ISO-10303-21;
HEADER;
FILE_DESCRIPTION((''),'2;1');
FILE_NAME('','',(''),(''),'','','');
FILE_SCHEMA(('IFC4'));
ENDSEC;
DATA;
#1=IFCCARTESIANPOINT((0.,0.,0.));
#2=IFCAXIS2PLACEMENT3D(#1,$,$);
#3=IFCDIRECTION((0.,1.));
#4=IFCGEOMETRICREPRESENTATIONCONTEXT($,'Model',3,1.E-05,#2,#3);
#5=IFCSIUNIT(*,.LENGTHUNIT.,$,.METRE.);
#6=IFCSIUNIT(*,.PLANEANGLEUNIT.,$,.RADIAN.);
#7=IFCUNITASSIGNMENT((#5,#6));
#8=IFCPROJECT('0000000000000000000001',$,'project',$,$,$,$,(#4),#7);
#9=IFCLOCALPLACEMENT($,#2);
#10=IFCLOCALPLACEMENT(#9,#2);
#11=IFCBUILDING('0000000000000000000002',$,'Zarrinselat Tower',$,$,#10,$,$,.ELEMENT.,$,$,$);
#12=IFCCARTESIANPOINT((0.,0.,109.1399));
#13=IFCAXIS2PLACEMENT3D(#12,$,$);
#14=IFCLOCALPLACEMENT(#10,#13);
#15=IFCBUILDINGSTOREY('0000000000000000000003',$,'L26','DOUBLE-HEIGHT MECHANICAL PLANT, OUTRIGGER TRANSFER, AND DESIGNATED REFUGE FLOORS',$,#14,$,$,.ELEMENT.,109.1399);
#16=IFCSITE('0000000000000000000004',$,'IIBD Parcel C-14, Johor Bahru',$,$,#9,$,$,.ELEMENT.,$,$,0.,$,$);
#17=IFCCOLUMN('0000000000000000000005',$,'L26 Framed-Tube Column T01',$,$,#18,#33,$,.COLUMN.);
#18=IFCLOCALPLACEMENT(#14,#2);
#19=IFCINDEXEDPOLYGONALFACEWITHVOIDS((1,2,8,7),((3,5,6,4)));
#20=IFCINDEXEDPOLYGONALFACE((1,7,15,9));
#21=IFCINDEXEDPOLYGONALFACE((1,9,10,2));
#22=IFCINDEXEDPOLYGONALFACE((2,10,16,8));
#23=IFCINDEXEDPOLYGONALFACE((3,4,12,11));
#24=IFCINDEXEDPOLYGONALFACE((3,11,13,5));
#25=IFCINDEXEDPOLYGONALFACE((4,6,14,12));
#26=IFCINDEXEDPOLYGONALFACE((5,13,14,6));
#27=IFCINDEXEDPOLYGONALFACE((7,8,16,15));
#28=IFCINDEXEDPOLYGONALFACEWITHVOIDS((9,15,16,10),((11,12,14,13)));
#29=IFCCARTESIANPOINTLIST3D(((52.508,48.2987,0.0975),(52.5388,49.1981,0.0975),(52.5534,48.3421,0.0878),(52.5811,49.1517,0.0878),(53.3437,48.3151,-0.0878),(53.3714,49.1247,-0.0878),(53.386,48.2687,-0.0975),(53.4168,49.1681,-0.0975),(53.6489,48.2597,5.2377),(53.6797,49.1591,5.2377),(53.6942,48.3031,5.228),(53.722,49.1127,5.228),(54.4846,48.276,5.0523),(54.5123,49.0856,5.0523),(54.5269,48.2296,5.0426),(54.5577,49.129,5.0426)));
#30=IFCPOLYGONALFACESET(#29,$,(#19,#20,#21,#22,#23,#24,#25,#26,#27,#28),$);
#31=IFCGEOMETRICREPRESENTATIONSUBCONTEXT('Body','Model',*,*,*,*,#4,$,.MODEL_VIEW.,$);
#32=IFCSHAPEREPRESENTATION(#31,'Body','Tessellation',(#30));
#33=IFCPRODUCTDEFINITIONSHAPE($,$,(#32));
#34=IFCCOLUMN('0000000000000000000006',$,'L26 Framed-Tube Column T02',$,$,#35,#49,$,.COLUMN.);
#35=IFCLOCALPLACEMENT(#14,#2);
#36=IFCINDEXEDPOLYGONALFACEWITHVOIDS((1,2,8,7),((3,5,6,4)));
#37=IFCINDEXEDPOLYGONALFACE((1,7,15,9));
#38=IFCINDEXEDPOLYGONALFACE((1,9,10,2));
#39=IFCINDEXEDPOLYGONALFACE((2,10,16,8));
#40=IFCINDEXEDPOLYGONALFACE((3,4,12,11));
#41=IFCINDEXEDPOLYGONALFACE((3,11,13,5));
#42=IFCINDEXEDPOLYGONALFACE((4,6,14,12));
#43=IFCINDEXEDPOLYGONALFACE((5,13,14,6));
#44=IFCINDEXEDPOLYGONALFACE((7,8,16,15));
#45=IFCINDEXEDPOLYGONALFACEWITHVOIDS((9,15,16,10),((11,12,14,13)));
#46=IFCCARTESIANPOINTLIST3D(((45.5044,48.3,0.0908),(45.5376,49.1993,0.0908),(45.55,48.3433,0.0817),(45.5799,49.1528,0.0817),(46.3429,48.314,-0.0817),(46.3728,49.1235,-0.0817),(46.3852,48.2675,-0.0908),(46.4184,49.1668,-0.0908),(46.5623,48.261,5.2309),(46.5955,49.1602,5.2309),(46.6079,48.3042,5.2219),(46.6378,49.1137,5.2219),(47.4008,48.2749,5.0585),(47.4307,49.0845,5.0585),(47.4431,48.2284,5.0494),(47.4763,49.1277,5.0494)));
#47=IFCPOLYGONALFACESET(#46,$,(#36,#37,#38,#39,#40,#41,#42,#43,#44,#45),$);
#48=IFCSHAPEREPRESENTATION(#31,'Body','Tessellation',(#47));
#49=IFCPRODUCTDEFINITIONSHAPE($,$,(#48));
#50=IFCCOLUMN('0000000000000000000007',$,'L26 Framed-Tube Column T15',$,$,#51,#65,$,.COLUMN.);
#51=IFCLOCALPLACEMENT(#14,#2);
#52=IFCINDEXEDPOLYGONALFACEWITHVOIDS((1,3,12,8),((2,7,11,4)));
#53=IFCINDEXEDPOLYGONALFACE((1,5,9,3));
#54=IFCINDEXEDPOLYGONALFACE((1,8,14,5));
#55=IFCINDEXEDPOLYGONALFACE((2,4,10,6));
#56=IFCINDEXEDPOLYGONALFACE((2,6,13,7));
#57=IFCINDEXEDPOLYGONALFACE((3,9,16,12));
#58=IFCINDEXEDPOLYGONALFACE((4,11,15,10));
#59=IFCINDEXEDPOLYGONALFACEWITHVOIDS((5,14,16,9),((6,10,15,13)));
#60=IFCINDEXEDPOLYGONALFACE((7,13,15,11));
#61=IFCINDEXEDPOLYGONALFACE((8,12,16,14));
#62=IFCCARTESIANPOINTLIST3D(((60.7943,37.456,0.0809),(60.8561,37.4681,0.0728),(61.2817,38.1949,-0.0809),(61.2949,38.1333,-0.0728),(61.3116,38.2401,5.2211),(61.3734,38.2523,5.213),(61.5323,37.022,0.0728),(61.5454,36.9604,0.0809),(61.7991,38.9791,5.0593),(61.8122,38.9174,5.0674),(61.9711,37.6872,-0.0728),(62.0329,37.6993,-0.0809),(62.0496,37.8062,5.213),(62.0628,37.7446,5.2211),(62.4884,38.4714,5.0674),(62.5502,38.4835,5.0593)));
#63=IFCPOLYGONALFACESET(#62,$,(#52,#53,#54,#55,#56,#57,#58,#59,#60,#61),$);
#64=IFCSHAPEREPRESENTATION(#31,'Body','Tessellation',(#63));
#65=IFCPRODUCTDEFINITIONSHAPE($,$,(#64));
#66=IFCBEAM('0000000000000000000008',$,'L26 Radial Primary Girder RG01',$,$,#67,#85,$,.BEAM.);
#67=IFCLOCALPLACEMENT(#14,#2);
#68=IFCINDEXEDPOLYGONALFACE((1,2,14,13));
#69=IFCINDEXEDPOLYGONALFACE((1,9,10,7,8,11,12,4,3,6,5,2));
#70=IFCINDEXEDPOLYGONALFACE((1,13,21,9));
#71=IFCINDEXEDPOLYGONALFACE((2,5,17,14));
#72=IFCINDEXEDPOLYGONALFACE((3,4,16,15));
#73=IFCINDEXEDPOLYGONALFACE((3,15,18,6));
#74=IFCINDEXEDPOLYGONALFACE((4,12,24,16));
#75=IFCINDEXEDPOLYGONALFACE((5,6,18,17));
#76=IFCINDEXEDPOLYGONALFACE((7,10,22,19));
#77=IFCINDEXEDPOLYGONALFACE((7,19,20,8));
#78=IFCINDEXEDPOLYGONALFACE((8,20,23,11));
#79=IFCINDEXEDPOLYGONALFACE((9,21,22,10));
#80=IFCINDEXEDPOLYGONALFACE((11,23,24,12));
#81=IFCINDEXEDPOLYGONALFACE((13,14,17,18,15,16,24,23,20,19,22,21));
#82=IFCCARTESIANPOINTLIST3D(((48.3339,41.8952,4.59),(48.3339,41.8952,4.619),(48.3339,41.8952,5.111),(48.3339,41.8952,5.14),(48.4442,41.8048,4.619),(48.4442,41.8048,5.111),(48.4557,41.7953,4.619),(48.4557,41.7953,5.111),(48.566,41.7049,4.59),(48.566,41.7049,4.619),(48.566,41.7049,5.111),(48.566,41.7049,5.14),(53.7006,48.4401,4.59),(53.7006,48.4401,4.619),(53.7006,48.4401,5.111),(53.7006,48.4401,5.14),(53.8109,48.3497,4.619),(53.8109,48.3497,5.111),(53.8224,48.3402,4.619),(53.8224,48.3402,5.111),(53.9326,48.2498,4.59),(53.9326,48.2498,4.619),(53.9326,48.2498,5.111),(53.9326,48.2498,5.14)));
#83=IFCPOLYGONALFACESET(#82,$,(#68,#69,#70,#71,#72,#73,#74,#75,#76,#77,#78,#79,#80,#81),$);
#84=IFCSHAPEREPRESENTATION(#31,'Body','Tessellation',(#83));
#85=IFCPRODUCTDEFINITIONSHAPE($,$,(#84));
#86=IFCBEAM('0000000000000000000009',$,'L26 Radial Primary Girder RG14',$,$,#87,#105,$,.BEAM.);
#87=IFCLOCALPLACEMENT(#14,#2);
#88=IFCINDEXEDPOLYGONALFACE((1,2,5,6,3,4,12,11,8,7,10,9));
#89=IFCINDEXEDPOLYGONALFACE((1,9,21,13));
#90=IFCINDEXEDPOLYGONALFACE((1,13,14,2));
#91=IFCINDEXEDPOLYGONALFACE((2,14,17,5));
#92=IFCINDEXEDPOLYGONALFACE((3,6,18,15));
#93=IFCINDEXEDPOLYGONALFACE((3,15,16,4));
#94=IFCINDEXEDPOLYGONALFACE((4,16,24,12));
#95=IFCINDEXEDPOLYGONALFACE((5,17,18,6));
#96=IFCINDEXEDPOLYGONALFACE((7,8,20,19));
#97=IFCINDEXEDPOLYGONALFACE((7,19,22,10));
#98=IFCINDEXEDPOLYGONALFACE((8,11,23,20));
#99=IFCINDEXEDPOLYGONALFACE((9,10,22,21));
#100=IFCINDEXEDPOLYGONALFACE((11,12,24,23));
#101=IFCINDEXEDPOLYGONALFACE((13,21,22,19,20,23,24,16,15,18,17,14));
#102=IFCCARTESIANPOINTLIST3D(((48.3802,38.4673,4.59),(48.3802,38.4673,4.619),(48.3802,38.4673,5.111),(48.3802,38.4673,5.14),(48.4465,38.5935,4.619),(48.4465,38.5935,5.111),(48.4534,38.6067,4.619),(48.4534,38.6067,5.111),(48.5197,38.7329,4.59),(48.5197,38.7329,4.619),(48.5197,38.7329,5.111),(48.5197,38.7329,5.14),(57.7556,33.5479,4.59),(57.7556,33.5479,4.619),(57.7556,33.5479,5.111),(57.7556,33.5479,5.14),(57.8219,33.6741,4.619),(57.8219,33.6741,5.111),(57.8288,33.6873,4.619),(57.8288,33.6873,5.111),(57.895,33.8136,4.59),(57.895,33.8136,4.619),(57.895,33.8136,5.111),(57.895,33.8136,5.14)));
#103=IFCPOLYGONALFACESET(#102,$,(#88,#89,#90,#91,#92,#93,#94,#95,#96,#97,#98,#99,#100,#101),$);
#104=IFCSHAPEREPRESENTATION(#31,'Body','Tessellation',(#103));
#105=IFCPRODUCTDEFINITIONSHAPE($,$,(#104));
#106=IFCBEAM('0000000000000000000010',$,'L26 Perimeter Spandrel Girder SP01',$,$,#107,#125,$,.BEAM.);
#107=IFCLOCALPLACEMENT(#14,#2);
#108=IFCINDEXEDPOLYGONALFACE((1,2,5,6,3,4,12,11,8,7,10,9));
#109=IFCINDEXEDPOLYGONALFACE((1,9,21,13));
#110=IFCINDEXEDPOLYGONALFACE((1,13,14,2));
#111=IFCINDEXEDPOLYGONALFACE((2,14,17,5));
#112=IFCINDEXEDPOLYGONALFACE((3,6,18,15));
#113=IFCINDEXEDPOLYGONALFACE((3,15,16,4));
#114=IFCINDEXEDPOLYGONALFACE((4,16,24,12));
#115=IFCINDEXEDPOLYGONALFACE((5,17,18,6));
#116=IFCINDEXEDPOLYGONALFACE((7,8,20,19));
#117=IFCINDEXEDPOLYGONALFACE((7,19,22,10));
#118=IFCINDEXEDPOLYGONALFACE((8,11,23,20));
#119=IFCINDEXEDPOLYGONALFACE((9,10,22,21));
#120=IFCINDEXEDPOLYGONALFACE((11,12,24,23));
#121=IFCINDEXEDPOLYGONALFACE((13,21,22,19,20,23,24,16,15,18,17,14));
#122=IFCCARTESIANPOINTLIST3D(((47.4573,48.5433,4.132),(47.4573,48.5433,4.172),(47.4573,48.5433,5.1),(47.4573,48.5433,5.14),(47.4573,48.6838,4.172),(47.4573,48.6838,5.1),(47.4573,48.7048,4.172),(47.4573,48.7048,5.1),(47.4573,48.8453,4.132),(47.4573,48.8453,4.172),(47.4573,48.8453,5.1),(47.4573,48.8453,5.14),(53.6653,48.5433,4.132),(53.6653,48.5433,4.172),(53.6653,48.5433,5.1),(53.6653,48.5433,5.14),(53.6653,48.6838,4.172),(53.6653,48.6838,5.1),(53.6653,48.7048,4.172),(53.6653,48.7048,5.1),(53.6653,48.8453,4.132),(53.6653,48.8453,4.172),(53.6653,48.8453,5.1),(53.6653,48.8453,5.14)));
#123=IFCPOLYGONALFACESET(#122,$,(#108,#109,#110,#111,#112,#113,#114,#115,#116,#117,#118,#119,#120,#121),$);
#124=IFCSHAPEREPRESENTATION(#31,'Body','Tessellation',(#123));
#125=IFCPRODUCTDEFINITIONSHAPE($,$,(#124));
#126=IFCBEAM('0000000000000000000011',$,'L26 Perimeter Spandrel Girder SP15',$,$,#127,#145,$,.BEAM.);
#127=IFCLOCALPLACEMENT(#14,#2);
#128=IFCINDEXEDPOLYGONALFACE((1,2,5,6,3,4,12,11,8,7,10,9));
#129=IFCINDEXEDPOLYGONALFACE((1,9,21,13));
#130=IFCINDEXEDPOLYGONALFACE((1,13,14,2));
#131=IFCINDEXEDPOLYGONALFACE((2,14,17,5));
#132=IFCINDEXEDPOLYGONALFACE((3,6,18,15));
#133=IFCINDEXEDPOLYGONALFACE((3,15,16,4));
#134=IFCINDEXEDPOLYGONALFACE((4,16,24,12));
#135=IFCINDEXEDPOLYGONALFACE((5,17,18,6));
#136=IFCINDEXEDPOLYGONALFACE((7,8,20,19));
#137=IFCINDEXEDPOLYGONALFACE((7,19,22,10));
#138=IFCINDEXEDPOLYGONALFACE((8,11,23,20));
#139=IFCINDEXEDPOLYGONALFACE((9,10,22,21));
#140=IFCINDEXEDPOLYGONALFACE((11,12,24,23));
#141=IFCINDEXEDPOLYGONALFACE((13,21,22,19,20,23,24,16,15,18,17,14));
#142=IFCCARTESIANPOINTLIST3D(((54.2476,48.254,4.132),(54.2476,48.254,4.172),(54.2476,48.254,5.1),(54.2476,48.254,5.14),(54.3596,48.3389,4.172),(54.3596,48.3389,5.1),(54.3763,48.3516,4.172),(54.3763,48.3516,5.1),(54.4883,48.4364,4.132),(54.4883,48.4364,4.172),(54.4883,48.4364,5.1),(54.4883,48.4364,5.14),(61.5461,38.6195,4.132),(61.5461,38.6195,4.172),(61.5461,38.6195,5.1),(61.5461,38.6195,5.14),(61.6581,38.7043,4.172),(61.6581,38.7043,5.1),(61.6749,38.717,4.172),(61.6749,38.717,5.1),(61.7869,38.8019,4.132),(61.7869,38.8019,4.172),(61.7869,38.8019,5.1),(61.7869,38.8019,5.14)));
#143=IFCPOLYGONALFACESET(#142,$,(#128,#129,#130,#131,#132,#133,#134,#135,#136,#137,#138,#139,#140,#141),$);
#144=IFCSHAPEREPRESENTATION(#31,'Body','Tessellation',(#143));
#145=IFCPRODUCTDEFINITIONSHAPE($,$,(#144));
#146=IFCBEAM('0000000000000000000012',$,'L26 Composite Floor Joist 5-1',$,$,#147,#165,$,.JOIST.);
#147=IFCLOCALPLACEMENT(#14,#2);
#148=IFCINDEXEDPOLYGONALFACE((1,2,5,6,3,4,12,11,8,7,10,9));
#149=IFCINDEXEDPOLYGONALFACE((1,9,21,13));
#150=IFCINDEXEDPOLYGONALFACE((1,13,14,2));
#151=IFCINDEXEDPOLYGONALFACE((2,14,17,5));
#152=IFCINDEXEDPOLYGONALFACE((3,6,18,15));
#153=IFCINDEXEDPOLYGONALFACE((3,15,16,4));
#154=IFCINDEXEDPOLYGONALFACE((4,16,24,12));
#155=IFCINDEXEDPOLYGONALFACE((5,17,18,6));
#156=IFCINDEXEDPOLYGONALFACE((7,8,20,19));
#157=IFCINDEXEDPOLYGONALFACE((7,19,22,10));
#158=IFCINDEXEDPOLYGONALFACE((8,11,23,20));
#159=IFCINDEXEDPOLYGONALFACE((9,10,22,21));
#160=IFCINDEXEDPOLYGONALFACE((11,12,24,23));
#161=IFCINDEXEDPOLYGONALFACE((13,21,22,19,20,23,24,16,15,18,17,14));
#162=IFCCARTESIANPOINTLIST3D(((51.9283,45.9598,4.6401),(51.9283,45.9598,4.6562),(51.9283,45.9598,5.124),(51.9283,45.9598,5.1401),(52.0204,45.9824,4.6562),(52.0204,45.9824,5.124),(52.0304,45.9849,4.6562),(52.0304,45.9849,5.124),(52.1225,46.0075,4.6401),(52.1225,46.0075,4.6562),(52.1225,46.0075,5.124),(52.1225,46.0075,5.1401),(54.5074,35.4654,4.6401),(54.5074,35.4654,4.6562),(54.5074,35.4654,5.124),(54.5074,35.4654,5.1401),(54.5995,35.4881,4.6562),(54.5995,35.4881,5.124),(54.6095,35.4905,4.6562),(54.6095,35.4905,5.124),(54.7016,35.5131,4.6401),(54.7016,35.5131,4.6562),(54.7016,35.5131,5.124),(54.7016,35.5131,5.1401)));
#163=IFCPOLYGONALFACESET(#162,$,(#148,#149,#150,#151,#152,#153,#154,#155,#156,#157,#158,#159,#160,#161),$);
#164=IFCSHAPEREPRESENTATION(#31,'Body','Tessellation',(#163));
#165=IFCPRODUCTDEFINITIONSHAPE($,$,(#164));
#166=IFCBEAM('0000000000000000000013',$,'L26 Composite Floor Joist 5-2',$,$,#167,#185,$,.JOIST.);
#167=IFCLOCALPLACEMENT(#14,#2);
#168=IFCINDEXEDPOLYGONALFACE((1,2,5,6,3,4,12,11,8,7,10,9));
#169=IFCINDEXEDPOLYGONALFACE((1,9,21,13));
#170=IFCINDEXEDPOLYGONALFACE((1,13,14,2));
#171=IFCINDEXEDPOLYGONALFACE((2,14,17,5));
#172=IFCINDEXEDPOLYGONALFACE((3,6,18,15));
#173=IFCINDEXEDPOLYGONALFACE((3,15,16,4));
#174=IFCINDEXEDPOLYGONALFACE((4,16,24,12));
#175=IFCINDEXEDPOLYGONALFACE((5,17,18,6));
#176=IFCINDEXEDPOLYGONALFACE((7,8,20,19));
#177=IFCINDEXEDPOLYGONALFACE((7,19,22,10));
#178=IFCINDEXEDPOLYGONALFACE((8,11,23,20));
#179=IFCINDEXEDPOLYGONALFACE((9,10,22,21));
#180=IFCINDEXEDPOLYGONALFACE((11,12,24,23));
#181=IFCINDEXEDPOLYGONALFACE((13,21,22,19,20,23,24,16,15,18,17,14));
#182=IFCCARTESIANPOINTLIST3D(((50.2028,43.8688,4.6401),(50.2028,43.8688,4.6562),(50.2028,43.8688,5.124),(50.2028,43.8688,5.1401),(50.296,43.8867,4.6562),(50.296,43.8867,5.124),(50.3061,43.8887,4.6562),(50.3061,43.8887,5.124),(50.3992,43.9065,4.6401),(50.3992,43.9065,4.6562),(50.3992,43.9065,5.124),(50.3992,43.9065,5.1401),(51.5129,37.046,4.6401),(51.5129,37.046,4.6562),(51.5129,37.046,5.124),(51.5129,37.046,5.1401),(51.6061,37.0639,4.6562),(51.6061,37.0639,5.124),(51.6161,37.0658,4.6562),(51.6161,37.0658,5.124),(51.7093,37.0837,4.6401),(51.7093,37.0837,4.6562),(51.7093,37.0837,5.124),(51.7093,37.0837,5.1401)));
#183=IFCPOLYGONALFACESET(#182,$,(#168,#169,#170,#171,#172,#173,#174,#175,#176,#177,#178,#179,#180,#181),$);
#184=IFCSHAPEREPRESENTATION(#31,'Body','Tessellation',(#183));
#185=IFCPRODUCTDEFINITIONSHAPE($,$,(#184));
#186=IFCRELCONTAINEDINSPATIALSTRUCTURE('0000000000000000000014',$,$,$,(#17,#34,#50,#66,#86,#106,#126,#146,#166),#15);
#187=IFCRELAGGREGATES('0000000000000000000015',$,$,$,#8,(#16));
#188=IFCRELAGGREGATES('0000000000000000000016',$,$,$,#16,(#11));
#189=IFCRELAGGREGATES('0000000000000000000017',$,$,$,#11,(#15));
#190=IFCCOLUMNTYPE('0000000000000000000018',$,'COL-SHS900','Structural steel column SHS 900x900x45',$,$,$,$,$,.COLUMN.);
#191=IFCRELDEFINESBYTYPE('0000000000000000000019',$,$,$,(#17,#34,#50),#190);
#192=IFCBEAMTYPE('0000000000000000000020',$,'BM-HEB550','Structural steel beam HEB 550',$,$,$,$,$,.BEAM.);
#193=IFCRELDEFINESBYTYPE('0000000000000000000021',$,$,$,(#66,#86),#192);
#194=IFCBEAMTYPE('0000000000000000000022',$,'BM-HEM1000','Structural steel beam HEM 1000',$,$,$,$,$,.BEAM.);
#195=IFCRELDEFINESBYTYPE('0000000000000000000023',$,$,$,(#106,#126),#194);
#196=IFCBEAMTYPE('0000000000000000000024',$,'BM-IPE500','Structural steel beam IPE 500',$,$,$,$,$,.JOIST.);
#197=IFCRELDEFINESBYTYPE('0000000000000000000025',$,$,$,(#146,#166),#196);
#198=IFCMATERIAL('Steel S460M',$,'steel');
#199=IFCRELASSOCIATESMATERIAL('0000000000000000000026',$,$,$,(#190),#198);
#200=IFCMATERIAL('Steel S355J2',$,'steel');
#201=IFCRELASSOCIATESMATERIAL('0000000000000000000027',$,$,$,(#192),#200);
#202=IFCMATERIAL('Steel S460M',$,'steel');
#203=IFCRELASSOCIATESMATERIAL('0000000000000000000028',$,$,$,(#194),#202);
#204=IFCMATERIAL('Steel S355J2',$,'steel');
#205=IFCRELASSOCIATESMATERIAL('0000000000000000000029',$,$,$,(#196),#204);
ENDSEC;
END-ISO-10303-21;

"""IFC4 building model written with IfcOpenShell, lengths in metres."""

from ifc_helpers import new_model, si_unit, direction, frame, origin, origin_2d, place, context, subcontext, project, spatial, hollow_rectangle, i_section, extrude, material, material_profile, profile_set, type_object, element, save


model = new_model("IFC4")

# Units and contexts
model_context = context("Model", 3, precision=1e-05, world=origin(), true_north=direction((0.0, 1.0)))
body_context = subcontext(model_context, "Body", "Model", "MODEL_VIEW")
ifc_project = project(units=[si_unit("LENGTHUNIT", "METRE"), si_unit("PLANEANGLEUNIT", "RADIAN")], contexts=[model_context])

# Site, building, storey
site_placement = place(None, origin())
site = spatial("IfcSite", under=ifc_project, at=site_placement, Name="IIBD Parcel C-14, Johor Bahru", CompositionType="ELEMENT", RefElevation=0.0)
building_placement = place(site_placement, origin())
building = spatial("IfcBuilding", under=site, at=building_placement, Name="Zarrinselat Tower", CompositionType="ELEMENT")
storey_placement = place(building_placement, frame((0.0, 0.0, 109.1399)))
storey = spatial("IfcBuildingStorey", under=building, at=storey_placement, Name="L26", Description="DOUBLE-HEIGHT MECHANICAL PLANT, OUTRIGGER TRANSFER, AND DESIGNATED REFUGE FLOORS", CompositionType="ELEMENT", Elevation=109.1399)

# Columns
ifc_material_1 = material(Name="Steel S460M", Category="steel")
ifc_material_profile_1 = material_profile(ifc_material_1, hollow_rectangle(XDim=0.8999, YDim=0.8999, WallThickness=0.0449, at=origin_2d()), Name="SHS 900x900x45")
ifc_profile_set_1 = profile_set([ifc_material_profile_1], Name="Steel S460M")
column_type = type_object("IfcColumnType", Name="COL-SHS900", Description="Structural steel column SHS 900x900x45", PredefinedType="COLUMN", material=ifc_profile_set_1)
column_1_placement = place(storey_placement, frame((52.9624, 48.7334, 0.0), z_axis=(0.216674, -0.007419, 0.976216), x_axis=(0.034219, 0.999414, 0.0)))
element("IfcColumn", 1, at=column_1_placement, inside=storey, type_object=column_type, Name="L26 Framed-Tube Column T01", PredefinedType="COLUMN", context=body_context, shape_type="SweptSolid", body=[
    extrude(hollow_rectangle(XDim=0.8999, YDim=0.8999, WallThickness=0.0449, at=origin_2d()), origin(), (0.0, 0.0, 1.0), 5.2654),
])
column_2_placement = place(storey_placement, frame((45.9614, 48.7334, 0.0), z_axis=(0.201574, -0.007443, 0.979445), x_axis=(0.036901, 0.999319, 0.0)))
element("IfcColumn", 2, at=column_2_placement, inside=storey, type_object=column_type, Name="L26 Framed-Tube Column T02", PredefinedType="COLUMN", context=body_context, shape_type="SweptSolid", body=[
    extrude(hollow_rectangle(XDim=0.8999, YDim=0.8999, WallThickness=0.0449, at=origin_2d()), origin(), (0.0, 0.0, 1.0), 5.248),
])
column_3_placement = place(storey_placement, frame((61.4136, 37.5776, 0.0), z_axis=(0.099006, 0.150074, 0.983705), x_axis=(-0.834719, 0.550676, 0.0)))
element("IfcColumn", 3, at=column_3_placement, inside=storey, type_object=column_type, Name="L26 Framed-Tube Column T15", PredefinedType="COLUMN", context=body_context, shape_type="SweptSolid", body=[
    extrude(hollow_rectangle(XDim=0.8999, YDim=0.8999, WallThickness=0.0449, at=origin_2d()), origin(), (0.0, 0.0, 1.0), 5.2253),
])

# Beams
ifc_material_2 = material(Name="Steel S355J2", Category="steel")
ifc_material_profile_2 = material_profile(ifc_material_2, i_section(OverallWidth=0.3, OverallDepth=0.55, WebThickness=0.0149, FlangeThickness=0.0291, at=origin_2d()), Name="HEB 550")
ifc_profile_set_2 = profile_set([ifc_material_profile_2], Name="Steel S355J2")
beam_type_1 = type_object("IfcBeamType", Name="BM-HEB550", Description="Structural steel beam HEB 550", PredefinedType="BEAM", material=ifc_profile_set_2)
beam_1_placement = place(storey_placement, frame((48.45, 41.8, 4.865), z_axis=(0.63407, 0.773276, 0.0), x_axis=(-0.773276, 0.63407, 0.0)))
element("IfcBeam", 4, at=beam_1_placement, inside=storey, type_object=beam_type_1, Name="L26 Radial Primary Girder RG01", PredefinedType="BEAM", context=body_context, shape_type="SweptSolid", body=[
    extrude(i_section(OverallWidth=0.3, OverallDepth=0.55, WebThickness=0.0149, FlangeThickness=0.0291, at=origin_2d()), origin(), (0.0, 0.0, 1.0), 8.4639),
])
beam_2_placement = place(storey_placement, frame((48.45, 38.6001, 4.865), z_axis=(0.885503, -0.464634, 0.0), x_axis=(0.464634, 0.885503, 0.0)))
element("IfcBeam", 5, at=beam_2_placement, inside=storey, type_object=beam_type_1, Name="L26 Radial Primary Girder RG14", PredefinedType="BEAM", context=body_context, shape_type="SweptSolid", body=[
    extrude(i_section(OverallWidth=0.3, OverallDepth=0.55, WebThickness=0.0149, FlangeThickness=0.0291, at=origin_2d()), origin(), (0.0, 0.0, 1.0), 10.5876),
])
ifc_material_3 = material(Name="Steel S460M", Category="steel")
ifc_material_profile_3 = material_profile(ifc_material_3, i_section(OverallWidth=0.302, OverallDepth=1.0081, WebThickness=0.021, FlangeThickness=0.04, at=origin_2d()), Name="HEM 1000")
ifc_profile_set_3 = profile_set([ifc_material_profile_3], Name="Steel S460M")
beam_type_2 = type_object("IfcBeamType", Name="BM-HEM1000", Description="Structural steel beam HEM 1000", PredefinedType="BEAM", material=ifc_profile_set_3)
beam_3_placement = place(storey_placement, frame((47.4573, 48.6943, 4.636), z_axis=(1.0, 0.0, 0.0), x_axis=(0.0, 1.0, 0.0)))
element("IfcBeam", 6, at=beam_3_placement, inside=storey, type_object=beam_type_2, Name="L26 Perimeter Spandrel Girder SP01", PredefinedType="BEAM", context=body_context, shape_type="SweptSolid", body=[
    extrude(i_section(OverallWidth=0.302, OverallDepth=1.0081, WebThickness=0.021, FlangeThickness=0.04, at=origin_2d()), origin(), (0.0, 0.0, 1.0), 6.208),
])
beam_4_placement = place(storey_placement, frame((54.3679, 48.3452, 4.636), z_axis=(0.603842, -0.797104, 0.0), x_axis=(0.797104, 0.603842, 0.0)))
element("IfcBeam", 7, at=beam_4_placement, inside=storey, type_object=beam_type_2, Name="L26 Perimeter Spandrel Girder SP15", PredefinedType="BEAM", context=body_context, shape_type="SweptSolid", body=[
    extrude(i_section(OverallWidth=0.302, OverallDepth=1.0081, WebThickness=0.021, FlangeThickness=0.04, at=origin_2d()), origin(), (0.0, 0.0, 1.0), 12.0869),
])
ifc_material_4 = material(Name="Steel S355J2", Category="steel")
ifc_material_profile_4 = material_profile(ifc_material_4, i_section(OverallWidth=0.2, OverallDepth=0.5, WebThickness=0.0103, FlangeThickness=0.0161, at=origin_2d()), Name="IPE 500")
ifc_profile_set_4 = profile_set([ifc_material_profile_4], Name="Steel S355J2")
beam_type_3 = type_object("IfcBeamType", Name="BM-IPE500", Description="Structural steel beam IPE 500", PredefinedType="JOIST", material=ifc_profile_set_4)
beam_5_placement = place(storey_placement, frame((52.0254, 45.9836, 4.8901), z_axis=(0.238659, -0.971104, 0.0), x_axis=(0.971104, 0.238659, 0.0)))
element("IfcBeam", 8, at=beam_5_placement, inside=storey, type_object=beam_type_3, Name="L26 Composite Floor Joist 5-1", PredefinedType="JOIST", context=body_context, shape_type="SweptSolid", body=[
    extrude(i_section(OverallWidth=0.2, OverallDepth=0.5, WebThickness=0.0103, FlangeThickness=0.0161, at=origin_2d()), origin(), (0.0, 0.0, 1.0), 10.8066),
])
beam_6_placement = place(storey_placement, frame((50.301, 43.8877, 4.8901), z_axis=(0.188568, -0.98206, 0.0), x_axis=(0.98206, 0.188568, 0.0)))
element("IfcBeam", 9, at=beam_6_placement, inside=storey, type_object=beam_type_3, Name="L26 Composite Floor Joist 5-2", PredefinedType="JOIST", context=body_context, shape_type="SweptSolid", body=[
    extrude(i_section(OverallWidth=0.2, OverallDepth=0.5, WebThickness=0.0103, FlangeThickness=0.0161, at=origin_2d()), origin(), (0.0, 0.0, 1.0), 6.9475),
])

save(model, "model.ifc")
